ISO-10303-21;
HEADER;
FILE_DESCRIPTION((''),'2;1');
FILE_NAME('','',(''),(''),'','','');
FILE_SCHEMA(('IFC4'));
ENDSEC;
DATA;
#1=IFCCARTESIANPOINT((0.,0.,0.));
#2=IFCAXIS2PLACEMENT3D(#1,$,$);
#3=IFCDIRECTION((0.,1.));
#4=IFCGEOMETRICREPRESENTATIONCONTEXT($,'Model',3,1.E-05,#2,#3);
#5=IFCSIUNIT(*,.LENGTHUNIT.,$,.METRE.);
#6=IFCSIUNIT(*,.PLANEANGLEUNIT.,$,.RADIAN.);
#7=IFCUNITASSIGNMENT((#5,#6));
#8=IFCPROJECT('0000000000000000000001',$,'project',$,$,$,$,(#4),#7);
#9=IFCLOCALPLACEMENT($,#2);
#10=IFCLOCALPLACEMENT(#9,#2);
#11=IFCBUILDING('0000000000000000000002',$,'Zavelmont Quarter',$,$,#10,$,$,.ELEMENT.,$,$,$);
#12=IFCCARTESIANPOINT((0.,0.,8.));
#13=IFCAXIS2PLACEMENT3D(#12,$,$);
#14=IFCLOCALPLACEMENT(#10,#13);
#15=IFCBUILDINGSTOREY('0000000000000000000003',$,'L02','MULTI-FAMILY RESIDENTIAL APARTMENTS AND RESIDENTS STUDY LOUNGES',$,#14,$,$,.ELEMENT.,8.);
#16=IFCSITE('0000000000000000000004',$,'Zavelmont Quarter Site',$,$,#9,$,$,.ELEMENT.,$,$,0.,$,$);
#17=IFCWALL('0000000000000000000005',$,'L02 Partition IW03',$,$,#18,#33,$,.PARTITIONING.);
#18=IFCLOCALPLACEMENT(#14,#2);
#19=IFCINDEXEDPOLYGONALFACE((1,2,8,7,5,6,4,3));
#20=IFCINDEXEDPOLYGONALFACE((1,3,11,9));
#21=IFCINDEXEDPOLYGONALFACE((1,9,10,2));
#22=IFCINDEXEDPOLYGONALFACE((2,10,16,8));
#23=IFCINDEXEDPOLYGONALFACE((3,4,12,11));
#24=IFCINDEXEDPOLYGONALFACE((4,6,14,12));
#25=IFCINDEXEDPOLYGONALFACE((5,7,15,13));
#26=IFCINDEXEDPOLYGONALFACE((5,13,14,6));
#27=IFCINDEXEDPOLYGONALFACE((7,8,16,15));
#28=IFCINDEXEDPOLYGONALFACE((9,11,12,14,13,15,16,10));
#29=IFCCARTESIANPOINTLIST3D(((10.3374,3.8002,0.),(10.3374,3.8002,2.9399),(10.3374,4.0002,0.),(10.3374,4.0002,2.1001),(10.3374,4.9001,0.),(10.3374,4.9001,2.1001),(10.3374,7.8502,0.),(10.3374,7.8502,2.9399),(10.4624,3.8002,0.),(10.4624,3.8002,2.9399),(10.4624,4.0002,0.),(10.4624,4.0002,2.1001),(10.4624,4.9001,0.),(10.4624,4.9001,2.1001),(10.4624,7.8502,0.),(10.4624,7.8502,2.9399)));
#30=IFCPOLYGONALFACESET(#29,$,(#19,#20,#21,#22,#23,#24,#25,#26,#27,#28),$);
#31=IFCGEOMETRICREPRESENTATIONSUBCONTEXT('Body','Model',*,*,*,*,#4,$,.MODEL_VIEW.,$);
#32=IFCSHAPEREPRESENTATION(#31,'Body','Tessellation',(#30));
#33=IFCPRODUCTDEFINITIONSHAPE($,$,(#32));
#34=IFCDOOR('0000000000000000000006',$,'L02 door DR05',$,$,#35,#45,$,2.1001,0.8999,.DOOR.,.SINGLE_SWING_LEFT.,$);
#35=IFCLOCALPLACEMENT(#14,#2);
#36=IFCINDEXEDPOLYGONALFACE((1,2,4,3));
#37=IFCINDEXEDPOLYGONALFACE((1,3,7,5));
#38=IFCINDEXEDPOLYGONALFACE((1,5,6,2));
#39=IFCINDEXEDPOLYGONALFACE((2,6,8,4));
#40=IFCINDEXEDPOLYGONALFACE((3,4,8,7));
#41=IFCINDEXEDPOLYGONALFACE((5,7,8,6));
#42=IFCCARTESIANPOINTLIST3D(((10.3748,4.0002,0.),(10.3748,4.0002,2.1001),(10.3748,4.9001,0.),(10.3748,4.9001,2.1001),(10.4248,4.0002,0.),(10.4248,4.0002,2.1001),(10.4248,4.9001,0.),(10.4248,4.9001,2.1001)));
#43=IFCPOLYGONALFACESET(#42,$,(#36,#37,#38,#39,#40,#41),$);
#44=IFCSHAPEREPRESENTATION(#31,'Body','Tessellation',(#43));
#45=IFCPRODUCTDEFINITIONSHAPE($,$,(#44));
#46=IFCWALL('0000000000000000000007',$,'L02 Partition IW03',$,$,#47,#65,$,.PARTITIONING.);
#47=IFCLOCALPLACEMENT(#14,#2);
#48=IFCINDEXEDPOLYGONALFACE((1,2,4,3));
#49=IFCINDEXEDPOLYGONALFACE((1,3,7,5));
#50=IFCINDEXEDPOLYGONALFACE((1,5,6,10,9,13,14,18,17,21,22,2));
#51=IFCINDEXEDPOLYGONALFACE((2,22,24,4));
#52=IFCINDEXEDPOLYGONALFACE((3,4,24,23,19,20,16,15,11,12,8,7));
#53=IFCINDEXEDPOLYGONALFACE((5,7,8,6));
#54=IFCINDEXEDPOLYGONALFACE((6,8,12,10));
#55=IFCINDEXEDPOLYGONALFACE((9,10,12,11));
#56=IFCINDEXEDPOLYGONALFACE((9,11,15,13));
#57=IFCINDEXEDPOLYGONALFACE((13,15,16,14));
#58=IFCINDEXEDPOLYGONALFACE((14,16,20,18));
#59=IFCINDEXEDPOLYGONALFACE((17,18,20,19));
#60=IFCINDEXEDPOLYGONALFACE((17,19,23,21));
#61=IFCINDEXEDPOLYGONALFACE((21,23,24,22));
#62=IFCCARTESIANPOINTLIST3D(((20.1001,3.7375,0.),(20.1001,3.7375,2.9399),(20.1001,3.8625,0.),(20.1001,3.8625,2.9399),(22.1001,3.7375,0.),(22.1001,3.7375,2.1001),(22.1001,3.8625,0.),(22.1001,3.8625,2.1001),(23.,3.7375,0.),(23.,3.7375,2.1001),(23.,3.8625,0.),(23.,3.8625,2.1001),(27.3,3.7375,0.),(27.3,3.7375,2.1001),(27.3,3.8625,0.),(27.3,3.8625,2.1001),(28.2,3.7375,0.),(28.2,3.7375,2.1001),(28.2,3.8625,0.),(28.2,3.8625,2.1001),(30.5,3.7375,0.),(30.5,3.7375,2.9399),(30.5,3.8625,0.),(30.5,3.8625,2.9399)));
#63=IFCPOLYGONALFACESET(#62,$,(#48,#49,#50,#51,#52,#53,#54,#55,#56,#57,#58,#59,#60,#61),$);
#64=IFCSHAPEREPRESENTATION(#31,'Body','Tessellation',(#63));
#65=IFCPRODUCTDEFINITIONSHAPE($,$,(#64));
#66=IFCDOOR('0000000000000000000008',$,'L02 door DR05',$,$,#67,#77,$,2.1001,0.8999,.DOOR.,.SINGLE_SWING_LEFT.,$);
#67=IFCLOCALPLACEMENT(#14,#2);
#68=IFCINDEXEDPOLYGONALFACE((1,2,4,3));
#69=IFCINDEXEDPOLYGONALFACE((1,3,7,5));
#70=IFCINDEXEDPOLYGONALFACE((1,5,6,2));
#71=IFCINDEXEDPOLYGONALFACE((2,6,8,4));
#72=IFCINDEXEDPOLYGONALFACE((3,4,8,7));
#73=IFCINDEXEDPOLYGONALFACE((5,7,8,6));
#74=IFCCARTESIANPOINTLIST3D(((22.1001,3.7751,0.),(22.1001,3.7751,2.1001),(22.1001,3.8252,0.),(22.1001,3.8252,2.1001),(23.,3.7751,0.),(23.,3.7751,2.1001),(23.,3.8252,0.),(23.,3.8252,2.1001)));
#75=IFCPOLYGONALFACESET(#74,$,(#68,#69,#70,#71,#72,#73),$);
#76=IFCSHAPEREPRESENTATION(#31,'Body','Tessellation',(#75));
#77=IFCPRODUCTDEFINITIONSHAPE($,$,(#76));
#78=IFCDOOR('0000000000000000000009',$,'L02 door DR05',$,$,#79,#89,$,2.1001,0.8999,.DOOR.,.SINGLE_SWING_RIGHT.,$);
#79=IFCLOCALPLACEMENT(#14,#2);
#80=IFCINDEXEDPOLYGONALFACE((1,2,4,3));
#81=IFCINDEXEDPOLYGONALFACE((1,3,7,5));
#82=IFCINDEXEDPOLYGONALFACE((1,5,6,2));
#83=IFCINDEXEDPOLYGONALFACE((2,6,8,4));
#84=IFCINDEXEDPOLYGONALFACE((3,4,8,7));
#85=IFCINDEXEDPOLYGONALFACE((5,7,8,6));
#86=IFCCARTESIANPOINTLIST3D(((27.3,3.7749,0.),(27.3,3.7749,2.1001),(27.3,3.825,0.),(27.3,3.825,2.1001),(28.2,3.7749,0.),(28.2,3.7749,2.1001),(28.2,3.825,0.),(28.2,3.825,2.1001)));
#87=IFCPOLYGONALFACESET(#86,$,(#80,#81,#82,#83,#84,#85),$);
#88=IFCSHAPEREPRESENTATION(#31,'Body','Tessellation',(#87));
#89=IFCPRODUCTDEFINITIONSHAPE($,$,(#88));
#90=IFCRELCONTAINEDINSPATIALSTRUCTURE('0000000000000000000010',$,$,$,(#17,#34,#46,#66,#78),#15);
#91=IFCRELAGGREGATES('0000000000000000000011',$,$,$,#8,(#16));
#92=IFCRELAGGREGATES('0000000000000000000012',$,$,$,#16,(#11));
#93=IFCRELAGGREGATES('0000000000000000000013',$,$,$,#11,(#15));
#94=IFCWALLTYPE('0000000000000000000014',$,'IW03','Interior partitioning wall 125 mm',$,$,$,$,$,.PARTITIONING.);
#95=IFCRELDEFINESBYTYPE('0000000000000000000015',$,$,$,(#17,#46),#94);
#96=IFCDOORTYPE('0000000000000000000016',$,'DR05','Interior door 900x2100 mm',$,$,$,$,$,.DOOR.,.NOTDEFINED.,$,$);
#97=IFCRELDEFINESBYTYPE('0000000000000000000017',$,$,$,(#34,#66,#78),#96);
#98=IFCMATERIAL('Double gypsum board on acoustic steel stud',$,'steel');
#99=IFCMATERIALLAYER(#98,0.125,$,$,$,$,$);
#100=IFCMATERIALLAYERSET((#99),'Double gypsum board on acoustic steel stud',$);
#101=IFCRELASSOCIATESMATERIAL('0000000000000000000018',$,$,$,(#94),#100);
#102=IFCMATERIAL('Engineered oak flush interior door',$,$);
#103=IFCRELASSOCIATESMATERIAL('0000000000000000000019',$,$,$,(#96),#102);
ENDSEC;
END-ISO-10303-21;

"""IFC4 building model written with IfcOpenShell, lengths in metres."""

from ifc_helpers import new_model, si_unit, direction, frame, frame_2d, origin, origin_with_axes, place, context, subcontext, project, spatial, rectangle, extrude, material, layer, layer_set, type_object, element, fill, save


model = new_model("IFC4")

# Units and contexts
model_context = context("Model", 3, precision=1e-05, world=origin(), true_north=direction((0.0, 1.0)))
body_context = subcontext(model_context, "Body", "Model", "MODEL_VIEW")
ifc_project = project(units=[si_unit("LENGTHUNIT", "METRE"), si_unit("PLANEANGLEUNIT", "RADIAN")], contexts=[model_context])

# Site, building, storey
site_placement = place(None, origin())
site = spatial("IfcSite", under=ifc_project, at=site_placement, Name="Zavelmont Quarter Site", CompositionType="ELEMENT", RefElevation=0.0)
building_placement = place(site_placement, origin())
building = spatial("IfcBuilding", under=site, at=building_placement, Name="Zavelmont Quarter", CompositionType="ELEMENT")
storey_placement = place(building_placement, frame((0.0, 0.0, 8.0)))
storey = spatial("IfcBuildingStorey", under=building, at=storey_placement, Name="L02", Description="MULTI-FAMILY RESIDENTIAL APARTMENTS AND RESIDENTS STUDY LOUNGES", CompositionType="ELEMENT", Elevation=8.0)

# Wall, opening, door
ifc_material_1 = material(Name="Double gypsum board on acoustic steel stud", Category="steel")
ifc_layer_1 = layer(ifc_material_1, 0.125)
ifc_layer_set_1 = layer_set([ifc_layer_1], Name="Double gypsum board on acoustic steel stud")
wall_type_1 = type_object("IfcWallType", Name="IW03", Description="Interior partitioning wall 125 mm", PredefinedType="PARTITIONING", material=ifc_layer_set_1)
wall_1_placement = place(storey_placement, frame((10.3999, 7.8501, 0.0), z_axis=(0.0, 0.0, 1.0), x_axis=(0.0, -1.0, 0.0)))
wall_1 = element("IfcWall", 1, at=wall_1_placement, inside=storey, type_object=wall_type_1, Name="L02 Partition IW03", PredefinedType="PARTITIONING", context=body_context, shape_type="SweptSolid", body=[
    extrude(rectangle(XDim=4.05, YDim=0.125, at=frame_2d((2.0249, 0.0))), origin(), (0.0, 0.0, 1.0), 2.9399),
])
opening_1_placement = place(wall_1_placement, frame((2.95, 0.0, 0.0)))
opening_1 = element("IfcOpeningElement", 2, at=opening_1_placement, cuts=wall_1, PredefinedType="OPENING", context=body_context, shape_type="SweptSolid", body=[
    extrude(rectangle(XDim=0.8999, YDim=2.1001, at=frame_2d((0.45, 1.05))), frame((0.0, 0.0745, 0.0), z_axis=(0.0, -1.0, 0.0), x_axis=(1.0, 0.0, 0.0)), (0.0, 0.0, 1.0), 0.1489),
])
ifc_material_2 = material(Name="Engineered oak flush interior door")
door_type_1 = type_object("IfcDoorType", Name="DR05", Description="Interior door 900x2100 mm", OperationType="NOTDEFINED", PredefinedType="DOOR", material=ifc_material_2)
door_1_placement = place(opening_1_placement, origin_with_axes())
door_1 = element("IfcDoor", 3, at=door_1_placement, inside=storey, type_object=door_type_1, Name="L02 door DR05", OperationType="SINGLE_SWING_LEFT", OverallHeight=2.1001, OverallWidth=0.8999, PredefinedType="DOOR", context=body_context, shape_type="SweptSolid", body=[
    extrude(rectangle(XDim=0.8999, YDim=2.1001, at=frame_2d((0.45, 1.05))), frame((0.0, 0.0249, 0.0), z_axis=(0.0, -1.0, 0.0), x_axis=(1.0, 0.0, 0.0)), (0.0, 0.0, 1.0), 0.05),
])
fill(opening_1, door_1)

# Wall, openings, doors
wall_2_placement = place(storey_placement, frame((20.1001, 3.8, 0.0), z_axis=(0.0, 0.0, 1.0), x_axis=(1.0, 0.0, 0.0)))
wall_2 = element("IfcWall", 4, at=wall_2_placement, inside=storey, type_object=wall_type_1, Name="L02 Partition IW03", PredefinedType="PARTITIONING", context=body_context, shape_type="SweptSolid", body=[
    extrude(rectangle(XDim=10.3999, YDim=0.125, at=frame_2d((5.2, 0.0))), origin(), (0.0, 0.0, 1.0), 2.9399),
])
opening_2_placement = place(wall_2_placement, frame((2.0, 0.0, 0.0)))
opening_2 = element("IfcOpeningElement", 5, at=opening_2_placement, cuts=wall_2, PredefinedType="OPENING", context=body_context, shape_type="SweptSolid", body=[
    extrude(rectangle(XDim=0.8999, YDim=2.1001, at=frame_2d((0.45, 1.05))), frame((0.0, 0.0745, 0.0), z_axis=(0.0, -1.0, 0.0), x_axis=(1.0, 0.0, 0.0)), (0.0, 0.0, 1.0), 0.1489),
])
opening_3_placement = place(wall_2_placement, frame((7.2, 0.0, 0.0)))
opening_3 = element("IfcOpeningElement", 6, at=opening_3_placement, cuts=wall_2, PredefinedType="OPENING", context=body_context, shape_type="SweptSolid", body=[
    extrude(rectangle(XDim=0.8999, YDim=2.1001, at=frame_2d((0.45, 1.05))), frame((0.0, 0.0745, 0.0), z_axis=(0.0, -1.0, 0.0), x_axis=(1.0, 0.0, 0.0)), (0.0, 0.0, 1.0), 0.1489),
])
door_2_placement = place(opening_2_placement, frame((0.8999, 0.0, 0.0), z_axis=(0.0, 0.0, 1.0), x_axis=(-1.0, 0.0, 0.0)))
door_2 = element("IfcDoor", 7, at=door_2_placement, inside=storey, type_object=door_type_1, Name="L02 door DR05", OperationType="SINGLE_SWING_LEFT", OverallHeight=2.1001, OverallWidth=0.8999, PredefinedType="DOOR", context=body_context, shape_type="SweptSolid", body=[
    extrude(rectangle(XDim=0.8999, YDim=2.1001, at=frame_2d((0.45, 1.05))), frame((0.0, 0.0249, 0.0), z_axis=(0.0, -1.0, 0.0), x_axis=(1.0, 0.0, 0.0)), (0.0, 0.0, 1.0), 0.05),
])
fill(opening_2, door_2)
door_3_placement = place(opening_3_placement, origin_with_axes())
door_3 = element("IfcDoor", 8, at=door_3_placement, inside=storey, type_object=door_type_1, Name="L02 door DR05", OperationType="SINGLE_SWING_RIGHT", OverallHeight=2.1001, OverallWidth=0.8999, PredefinedType="DOOR", context=body_context, shape_type="SweptSolid", body=[
    extrude(rectangle(XDim=0.8999, YDim=2.1001, at=frame_2d((0.45, 1.05))), frame((0.0, 0.0249, 0.0), z_axis=(0.0, -1.0, 0.0), x_axis=(1.0, 0.0, 0.0)), (0.0, 0.0, 1.0), 0.05),
])
fill(opening_3, door_3)

save(model, "model.ifc")
